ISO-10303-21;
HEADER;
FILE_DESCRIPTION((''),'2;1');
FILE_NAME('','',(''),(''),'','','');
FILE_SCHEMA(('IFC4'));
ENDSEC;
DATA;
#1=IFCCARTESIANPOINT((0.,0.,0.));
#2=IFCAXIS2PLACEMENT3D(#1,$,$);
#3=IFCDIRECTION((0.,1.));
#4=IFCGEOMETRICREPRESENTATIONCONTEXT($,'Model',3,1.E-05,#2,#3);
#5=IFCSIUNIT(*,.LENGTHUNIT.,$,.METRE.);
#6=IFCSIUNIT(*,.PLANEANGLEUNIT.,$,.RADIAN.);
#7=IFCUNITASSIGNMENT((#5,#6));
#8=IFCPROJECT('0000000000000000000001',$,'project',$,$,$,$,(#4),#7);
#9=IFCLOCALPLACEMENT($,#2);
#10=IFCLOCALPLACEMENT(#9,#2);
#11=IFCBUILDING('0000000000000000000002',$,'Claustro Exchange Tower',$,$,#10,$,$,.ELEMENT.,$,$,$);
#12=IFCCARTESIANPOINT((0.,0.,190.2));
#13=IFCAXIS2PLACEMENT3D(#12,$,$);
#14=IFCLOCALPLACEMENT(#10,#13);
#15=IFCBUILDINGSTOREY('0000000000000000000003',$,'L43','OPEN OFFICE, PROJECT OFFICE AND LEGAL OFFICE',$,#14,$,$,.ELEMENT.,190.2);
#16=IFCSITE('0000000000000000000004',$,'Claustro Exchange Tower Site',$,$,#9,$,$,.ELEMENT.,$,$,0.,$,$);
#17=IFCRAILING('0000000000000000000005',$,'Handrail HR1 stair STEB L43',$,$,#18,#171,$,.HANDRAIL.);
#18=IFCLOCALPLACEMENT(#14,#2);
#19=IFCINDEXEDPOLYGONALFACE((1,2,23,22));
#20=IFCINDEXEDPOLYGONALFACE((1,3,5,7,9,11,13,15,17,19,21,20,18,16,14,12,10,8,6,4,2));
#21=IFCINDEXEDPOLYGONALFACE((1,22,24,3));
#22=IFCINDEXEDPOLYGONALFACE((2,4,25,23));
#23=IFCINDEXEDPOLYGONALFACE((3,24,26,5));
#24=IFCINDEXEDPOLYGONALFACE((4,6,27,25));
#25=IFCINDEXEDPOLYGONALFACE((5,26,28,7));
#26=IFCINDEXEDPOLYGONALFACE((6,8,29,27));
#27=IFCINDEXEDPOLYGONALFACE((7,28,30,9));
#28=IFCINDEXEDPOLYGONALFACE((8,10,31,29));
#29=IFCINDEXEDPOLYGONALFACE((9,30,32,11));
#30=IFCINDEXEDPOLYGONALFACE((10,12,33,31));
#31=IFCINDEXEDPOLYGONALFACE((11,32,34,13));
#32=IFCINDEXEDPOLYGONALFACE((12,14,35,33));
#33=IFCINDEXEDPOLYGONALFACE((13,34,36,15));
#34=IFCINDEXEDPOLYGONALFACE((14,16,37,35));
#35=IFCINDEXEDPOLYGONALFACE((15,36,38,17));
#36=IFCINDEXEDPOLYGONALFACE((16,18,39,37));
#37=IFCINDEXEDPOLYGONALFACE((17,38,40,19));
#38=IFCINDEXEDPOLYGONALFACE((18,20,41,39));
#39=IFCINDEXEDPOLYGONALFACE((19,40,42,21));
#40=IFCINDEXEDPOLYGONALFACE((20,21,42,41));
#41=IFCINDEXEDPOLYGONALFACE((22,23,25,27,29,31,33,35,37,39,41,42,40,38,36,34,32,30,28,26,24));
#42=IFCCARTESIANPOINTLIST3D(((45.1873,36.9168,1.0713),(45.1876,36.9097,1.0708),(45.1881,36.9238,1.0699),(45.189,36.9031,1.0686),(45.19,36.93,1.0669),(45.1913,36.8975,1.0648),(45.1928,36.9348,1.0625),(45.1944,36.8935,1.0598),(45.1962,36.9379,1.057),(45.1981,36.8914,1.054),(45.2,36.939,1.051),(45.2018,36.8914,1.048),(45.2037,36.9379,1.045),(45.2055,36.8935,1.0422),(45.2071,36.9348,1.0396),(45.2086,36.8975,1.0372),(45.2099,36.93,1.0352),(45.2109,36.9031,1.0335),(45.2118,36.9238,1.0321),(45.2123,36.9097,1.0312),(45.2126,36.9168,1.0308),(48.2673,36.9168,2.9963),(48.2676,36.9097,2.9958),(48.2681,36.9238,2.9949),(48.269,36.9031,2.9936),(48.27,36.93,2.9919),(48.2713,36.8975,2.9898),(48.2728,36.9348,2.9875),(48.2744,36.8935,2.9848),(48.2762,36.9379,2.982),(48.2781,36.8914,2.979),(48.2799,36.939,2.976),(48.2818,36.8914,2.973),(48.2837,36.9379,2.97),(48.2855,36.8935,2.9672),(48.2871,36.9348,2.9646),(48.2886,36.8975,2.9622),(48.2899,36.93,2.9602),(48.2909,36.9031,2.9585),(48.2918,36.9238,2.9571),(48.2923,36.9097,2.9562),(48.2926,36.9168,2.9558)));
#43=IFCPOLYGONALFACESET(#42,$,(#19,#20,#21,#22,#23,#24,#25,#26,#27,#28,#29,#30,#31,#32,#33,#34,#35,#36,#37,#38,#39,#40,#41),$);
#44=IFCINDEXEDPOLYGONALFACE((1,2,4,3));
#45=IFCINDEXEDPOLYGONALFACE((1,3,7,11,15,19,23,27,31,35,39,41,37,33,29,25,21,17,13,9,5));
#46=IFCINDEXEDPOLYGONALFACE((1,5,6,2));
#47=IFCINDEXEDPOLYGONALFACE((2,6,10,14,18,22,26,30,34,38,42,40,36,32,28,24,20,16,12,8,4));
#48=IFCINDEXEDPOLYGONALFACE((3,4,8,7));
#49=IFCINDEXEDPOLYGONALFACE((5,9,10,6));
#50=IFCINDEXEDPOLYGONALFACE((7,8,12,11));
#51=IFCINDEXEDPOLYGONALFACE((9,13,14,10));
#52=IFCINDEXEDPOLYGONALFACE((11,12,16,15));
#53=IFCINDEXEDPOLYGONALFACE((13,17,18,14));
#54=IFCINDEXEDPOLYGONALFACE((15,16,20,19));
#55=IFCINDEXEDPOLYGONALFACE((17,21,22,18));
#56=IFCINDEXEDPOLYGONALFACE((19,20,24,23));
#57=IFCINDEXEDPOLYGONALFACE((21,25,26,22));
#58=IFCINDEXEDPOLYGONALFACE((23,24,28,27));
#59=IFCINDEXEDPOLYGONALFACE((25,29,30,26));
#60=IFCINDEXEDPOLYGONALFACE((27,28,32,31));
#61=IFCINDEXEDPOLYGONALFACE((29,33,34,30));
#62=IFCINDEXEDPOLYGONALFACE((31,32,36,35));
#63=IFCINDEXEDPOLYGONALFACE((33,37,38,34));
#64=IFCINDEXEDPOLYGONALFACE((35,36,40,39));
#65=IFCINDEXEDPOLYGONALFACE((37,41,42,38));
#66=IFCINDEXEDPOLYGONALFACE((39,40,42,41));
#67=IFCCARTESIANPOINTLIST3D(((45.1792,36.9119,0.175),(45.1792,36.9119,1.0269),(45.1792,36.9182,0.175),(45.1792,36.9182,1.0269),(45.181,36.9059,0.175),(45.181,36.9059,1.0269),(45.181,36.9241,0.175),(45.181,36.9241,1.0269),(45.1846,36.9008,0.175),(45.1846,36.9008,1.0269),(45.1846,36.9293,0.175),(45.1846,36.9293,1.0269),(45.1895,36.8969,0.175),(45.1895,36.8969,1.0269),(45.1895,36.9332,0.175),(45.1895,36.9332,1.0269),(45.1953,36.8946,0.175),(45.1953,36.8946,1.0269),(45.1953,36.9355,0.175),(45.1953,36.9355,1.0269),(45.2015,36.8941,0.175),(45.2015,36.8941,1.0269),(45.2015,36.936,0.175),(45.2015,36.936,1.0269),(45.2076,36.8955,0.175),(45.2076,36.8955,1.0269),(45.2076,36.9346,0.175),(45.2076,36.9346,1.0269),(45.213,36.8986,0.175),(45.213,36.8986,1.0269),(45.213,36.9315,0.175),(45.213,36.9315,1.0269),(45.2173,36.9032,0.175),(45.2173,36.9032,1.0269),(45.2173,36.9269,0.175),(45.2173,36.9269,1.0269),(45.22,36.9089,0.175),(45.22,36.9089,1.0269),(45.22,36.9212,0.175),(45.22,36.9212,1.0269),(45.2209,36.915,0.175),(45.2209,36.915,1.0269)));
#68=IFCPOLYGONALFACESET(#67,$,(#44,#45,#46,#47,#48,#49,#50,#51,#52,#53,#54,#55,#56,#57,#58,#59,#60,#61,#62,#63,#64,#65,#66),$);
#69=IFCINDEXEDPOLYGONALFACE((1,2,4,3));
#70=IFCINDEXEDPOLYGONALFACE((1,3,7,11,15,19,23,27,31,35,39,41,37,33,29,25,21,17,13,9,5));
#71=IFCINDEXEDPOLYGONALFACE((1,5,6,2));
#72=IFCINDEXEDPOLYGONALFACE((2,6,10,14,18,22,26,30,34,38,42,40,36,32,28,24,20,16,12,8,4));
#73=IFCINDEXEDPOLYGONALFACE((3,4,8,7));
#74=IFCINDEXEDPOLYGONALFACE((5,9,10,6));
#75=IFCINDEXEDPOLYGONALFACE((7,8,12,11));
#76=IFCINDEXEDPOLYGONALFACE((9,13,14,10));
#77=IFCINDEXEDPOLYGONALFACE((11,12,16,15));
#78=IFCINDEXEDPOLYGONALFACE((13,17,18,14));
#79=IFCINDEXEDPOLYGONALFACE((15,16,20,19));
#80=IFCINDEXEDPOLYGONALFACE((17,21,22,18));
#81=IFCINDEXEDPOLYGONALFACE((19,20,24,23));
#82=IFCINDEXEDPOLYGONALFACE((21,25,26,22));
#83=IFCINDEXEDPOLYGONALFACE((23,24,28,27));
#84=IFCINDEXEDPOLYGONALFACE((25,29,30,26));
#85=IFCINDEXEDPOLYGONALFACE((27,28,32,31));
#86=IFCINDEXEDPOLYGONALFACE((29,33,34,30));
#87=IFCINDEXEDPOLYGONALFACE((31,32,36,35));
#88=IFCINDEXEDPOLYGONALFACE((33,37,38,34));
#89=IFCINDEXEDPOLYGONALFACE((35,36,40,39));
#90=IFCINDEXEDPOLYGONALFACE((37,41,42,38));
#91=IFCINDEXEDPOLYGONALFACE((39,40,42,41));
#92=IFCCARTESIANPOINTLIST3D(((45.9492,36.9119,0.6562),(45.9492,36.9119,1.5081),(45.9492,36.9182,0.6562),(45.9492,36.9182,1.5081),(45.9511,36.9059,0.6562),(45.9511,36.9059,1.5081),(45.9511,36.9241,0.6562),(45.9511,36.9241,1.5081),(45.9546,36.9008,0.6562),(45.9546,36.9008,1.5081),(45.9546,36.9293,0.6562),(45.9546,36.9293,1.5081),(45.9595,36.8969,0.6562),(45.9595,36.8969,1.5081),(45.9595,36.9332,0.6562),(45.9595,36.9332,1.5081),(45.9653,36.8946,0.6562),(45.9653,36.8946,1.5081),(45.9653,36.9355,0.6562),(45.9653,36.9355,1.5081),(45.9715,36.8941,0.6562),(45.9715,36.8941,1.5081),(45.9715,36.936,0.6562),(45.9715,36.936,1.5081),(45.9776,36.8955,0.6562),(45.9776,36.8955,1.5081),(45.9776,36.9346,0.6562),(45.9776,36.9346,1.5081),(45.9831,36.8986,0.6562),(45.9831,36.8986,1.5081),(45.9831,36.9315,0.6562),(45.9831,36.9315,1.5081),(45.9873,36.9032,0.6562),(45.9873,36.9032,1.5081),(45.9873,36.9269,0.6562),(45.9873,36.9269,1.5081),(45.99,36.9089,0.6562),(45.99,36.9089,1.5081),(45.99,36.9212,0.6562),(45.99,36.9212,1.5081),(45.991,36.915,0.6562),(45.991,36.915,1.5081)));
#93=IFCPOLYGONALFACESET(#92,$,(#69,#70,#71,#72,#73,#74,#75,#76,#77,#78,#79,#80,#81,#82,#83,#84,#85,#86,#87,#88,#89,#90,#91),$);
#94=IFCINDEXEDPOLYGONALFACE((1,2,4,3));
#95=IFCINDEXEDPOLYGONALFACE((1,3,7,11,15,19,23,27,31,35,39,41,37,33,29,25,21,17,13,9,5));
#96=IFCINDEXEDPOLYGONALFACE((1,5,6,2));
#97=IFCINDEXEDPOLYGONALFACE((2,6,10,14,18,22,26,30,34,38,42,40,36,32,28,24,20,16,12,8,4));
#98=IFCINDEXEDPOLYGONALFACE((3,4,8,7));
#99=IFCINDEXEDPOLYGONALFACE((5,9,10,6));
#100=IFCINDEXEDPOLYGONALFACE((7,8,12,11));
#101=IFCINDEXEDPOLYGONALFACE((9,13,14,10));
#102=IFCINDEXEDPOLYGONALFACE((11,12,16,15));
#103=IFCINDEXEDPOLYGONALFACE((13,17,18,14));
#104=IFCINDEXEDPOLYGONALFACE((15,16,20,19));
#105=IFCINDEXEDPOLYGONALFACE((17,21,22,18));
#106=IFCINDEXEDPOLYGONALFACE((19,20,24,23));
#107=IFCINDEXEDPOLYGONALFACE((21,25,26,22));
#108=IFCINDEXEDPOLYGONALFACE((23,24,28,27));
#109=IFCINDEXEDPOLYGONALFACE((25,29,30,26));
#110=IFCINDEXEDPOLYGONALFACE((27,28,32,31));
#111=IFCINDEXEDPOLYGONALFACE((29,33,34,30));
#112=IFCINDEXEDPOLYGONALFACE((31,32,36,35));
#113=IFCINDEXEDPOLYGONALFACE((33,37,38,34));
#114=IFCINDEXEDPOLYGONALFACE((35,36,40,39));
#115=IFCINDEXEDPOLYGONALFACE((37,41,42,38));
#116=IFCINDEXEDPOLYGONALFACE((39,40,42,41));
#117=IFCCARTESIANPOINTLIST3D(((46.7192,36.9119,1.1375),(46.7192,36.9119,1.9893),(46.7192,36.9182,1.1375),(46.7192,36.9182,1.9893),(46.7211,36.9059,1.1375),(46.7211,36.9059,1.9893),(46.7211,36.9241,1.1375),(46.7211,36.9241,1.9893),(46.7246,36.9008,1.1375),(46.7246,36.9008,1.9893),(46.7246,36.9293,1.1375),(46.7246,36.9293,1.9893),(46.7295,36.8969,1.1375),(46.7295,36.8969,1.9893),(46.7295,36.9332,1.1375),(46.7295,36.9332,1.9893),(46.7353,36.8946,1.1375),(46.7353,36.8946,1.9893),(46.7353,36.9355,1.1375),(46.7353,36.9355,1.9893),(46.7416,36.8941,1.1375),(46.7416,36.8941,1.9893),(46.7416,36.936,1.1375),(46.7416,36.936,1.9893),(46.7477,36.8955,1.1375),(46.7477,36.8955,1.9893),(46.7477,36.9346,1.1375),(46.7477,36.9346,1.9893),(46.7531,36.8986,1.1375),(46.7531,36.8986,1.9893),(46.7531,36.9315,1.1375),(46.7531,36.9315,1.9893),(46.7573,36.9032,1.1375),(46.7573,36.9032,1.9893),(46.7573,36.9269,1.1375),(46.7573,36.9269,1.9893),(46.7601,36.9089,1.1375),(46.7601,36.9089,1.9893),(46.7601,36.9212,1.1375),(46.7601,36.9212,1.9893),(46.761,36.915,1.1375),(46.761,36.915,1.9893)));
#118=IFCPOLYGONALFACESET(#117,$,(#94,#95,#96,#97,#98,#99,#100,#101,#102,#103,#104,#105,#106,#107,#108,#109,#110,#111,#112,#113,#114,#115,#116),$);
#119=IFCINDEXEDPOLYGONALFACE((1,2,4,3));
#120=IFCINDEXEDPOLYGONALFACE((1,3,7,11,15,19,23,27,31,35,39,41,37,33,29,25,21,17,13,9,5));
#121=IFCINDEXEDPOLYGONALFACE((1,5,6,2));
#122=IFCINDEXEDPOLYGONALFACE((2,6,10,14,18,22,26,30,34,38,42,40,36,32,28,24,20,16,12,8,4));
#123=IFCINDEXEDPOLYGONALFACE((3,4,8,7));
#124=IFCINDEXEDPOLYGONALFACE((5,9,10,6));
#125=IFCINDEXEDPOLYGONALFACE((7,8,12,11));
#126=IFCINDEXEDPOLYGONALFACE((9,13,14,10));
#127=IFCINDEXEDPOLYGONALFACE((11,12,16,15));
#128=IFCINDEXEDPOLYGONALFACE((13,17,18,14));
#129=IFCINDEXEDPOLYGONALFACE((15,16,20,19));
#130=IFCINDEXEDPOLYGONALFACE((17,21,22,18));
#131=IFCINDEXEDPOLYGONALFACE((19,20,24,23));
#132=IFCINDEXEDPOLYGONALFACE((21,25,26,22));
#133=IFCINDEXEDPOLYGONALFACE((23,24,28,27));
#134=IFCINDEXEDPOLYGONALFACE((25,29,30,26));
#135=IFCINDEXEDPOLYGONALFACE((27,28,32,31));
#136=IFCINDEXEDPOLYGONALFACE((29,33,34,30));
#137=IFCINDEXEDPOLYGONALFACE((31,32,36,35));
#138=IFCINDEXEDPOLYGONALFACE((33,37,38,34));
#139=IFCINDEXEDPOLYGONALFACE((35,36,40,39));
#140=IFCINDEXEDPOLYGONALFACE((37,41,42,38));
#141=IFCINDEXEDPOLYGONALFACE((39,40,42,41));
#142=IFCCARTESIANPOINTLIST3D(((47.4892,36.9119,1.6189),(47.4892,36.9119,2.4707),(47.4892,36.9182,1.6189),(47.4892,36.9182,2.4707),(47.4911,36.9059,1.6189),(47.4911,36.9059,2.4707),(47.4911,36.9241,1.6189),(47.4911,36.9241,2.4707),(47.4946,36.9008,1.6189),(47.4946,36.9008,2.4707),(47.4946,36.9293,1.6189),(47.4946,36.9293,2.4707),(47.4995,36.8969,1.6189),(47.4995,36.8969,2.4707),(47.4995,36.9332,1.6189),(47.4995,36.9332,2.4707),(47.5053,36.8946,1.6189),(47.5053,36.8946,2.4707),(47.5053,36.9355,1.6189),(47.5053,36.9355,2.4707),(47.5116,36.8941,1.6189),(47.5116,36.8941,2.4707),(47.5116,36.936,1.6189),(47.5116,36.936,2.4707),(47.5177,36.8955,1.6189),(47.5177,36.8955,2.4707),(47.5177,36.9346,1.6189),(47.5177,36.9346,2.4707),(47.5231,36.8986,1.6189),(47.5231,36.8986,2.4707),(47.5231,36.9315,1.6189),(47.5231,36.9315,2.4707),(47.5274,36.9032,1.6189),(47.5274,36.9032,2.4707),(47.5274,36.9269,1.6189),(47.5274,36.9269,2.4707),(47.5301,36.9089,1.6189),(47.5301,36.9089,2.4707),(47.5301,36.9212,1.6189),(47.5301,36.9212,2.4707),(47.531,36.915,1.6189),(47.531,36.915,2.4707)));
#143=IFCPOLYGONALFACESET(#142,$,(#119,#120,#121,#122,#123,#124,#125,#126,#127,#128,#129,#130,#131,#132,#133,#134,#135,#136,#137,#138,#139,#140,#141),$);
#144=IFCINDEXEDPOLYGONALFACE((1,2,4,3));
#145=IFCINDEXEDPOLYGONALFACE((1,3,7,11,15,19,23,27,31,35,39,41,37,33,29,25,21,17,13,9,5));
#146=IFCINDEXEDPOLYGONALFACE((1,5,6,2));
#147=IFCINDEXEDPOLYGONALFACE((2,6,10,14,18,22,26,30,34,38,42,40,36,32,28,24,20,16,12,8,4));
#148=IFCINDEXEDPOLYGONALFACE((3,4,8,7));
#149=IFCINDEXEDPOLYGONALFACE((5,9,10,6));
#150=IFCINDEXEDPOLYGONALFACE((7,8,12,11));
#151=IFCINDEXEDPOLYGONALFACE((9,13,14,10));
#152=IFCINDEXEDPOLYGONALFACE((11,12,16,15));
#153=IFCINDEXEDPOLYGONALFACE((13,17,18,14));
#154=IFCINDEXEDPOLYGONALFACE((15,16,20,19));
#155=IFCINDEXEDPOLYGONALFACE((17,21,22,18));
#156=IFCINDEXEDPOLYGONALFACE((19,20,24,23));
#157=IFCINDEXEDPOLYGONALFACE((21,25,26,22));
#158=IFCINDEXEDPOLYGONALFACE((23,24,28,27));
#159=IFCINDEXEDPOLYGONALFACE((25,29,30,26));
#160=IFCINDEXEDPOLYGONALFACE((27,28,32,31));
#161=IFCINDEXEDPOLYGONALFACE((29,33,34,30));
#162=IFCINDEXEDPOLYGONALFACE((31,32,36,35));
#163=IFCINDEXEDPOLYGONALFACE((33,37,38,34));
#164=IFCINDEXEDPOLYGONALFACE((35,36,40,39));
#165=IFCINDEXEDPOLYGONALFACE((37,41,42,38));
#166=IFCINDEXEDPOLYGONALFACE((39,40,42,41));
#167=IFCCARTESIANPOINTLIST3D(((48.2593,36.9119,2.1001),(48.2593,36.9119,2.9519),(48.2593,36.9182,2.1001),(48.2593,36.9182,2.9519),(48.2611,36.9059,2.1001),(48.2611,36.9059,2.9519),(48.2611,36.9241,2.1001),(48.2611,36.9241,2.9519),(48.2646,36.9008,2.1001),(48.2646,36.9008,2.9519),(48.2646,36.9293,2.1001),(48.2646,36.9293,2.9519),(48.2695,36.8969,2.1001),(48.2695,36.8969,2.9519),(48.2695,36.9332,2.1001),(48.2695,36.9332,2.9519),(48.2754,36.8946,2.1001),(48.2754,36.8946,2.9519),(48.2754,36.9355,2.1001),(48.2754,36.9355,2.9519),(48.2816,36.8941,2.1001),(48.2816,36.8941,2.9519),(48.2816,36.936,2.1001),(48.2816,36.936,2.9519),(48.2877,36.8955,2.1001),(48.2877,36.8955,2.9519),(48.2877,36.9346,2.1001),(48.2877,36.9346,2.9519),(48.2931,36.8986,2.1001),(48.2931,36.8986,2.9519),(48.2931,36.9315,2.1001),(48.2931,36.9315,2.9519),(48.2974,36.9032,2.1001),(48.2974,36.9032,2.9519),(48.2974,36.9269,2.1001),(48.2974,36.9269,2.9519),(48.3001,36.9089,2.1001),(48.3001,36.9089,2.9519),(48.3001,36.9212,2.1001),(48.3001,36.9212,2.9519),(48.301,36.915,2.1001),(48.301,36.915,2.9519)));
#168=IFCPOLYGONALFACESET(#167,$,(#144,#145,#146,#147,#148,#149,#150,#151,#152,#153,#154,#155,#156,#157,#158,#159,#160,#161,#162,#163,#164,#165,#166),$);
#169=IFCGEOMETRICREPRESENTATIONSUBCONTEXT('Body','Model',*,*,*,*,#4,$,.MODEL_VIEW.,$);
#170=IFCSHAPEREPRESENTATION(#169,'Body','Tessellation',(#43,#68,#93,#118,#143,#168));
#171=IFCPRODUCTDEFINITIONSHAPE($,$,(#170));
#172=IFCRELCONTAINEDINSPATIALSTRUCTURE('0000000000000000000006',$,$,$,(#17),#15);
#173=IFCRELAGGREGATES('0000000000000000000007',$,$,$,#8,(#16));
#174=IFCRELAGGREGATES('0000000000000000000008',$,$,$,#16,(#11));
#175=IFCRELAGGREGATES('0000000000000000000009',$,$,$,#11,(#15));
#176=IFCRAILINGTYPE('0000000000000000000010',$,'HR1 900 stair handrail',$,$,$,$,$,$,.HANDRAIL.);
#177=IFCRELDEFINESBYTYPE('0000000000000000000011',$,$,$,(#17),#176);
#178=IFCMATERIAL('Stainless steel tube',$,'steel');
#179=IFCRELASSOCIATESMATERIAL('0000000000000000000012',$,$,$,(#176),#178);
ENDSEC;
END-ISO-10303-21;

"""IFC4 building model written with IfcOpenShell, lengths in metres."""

from ifc_helpers import new_model, si_unit, direction, frame, origin, origin_2d, place, context, subcontext, project, spatial, circle, extrude, material, type_object, element, save


model = new_model("IFC4")

# Units and contexts
model_context = context("Model", 3, precision=1e-05, world=origin(), true_north=direction((0.0, 1.0)))
body_context = subcontext(model_context, "Body", "Model", "MODEL_VIEW")
ifc_project = project(units=[si_unit("LENGTHUNIT", "METRE"), si_unit("PLANEANGLEUNIT", "RADIAN")], contexts=[model_context])

# Site, building, storey
site_placement = place(None, origin())
site = spatial("IfcSite", under=ifc_project, at=site_placement, Name="Claustro Exchange Tower Site", CompositionType="ELEMENT", RefElevation=0.0)
building_placement = place(site_placement, origin())
building = spatial("IfcBuilding", under=site, at=building_placement, Name="Claustro Exchange Tower", CompositionType="ELEMENT")
storey_placement = place(building_placement, frame((0.0, 0.0, 190.2)))
storey = spatial("IfcBuildingStorey", under=building, at=storey_placement, Name="L43", Description="OPEN OFFICE, PROJECT OFFICE AND LEGAL OFFICE", CompositionType="ELEMENT", Elevation=190.2)

# Railing
ifc_material_1 = material(Name="Stainless steel tube", Category="steel")
railing_type_1 = type_object("IfcRailingType", Name="HR1 900 stair handrail", PredefinedType="HANDRAIL", material=ifc_material_1)
railing_1_placement = place(storey_placement, frame((45.2, 36.915, 0.175)))
element("IfcRailing", 1, at=railing_1_placement, inside=storey, type_object=railing_type_1, Name="Handrail HR1 stair STEB L43", PredefinedType="HANDRAIL", context=body_context, shape_type="SweptSolid", body=[
    extrude(circle(Radius=0.0239, at=origin_2d()), frame((0.0, 0.0, 0.876), z_axis=(0.847998, 0.0, 0.529999), x_axis=(0.0, 1.0, 0.0)), (0.0, 0.0, 1.0), 3.6321),
    extrude(circle(Radius=0.021, at=origin_2d()), origin(), (0.0, 0.0, 1.0), 0.8518),
    extrude(circle(Radius=0.021, at=origin_2d()), frame((0.77, 0.0, 0.4812)), (0.0, 0.0, 1.0), 0.8518),
    extrude(circle(Radius=0.021, at=origin_2d()), frame((1.54, 0.0, 0.9624)), (0.0, 0.0, 1.0), 0.8518),
    extrude(circle(Radius=0.021, at=origin_2d()), frame((2.3101, 0.0, 1.4438)), (0.0, 0.0, 1.0), 0.8518),
    extrude(circle(Radius=0.021, at=origin_2d()), frame((3.0801, 0.0, 1.925)), (0.0, 0.0, 1.0), 0.8518),
])

save(model, "model.ifc")
